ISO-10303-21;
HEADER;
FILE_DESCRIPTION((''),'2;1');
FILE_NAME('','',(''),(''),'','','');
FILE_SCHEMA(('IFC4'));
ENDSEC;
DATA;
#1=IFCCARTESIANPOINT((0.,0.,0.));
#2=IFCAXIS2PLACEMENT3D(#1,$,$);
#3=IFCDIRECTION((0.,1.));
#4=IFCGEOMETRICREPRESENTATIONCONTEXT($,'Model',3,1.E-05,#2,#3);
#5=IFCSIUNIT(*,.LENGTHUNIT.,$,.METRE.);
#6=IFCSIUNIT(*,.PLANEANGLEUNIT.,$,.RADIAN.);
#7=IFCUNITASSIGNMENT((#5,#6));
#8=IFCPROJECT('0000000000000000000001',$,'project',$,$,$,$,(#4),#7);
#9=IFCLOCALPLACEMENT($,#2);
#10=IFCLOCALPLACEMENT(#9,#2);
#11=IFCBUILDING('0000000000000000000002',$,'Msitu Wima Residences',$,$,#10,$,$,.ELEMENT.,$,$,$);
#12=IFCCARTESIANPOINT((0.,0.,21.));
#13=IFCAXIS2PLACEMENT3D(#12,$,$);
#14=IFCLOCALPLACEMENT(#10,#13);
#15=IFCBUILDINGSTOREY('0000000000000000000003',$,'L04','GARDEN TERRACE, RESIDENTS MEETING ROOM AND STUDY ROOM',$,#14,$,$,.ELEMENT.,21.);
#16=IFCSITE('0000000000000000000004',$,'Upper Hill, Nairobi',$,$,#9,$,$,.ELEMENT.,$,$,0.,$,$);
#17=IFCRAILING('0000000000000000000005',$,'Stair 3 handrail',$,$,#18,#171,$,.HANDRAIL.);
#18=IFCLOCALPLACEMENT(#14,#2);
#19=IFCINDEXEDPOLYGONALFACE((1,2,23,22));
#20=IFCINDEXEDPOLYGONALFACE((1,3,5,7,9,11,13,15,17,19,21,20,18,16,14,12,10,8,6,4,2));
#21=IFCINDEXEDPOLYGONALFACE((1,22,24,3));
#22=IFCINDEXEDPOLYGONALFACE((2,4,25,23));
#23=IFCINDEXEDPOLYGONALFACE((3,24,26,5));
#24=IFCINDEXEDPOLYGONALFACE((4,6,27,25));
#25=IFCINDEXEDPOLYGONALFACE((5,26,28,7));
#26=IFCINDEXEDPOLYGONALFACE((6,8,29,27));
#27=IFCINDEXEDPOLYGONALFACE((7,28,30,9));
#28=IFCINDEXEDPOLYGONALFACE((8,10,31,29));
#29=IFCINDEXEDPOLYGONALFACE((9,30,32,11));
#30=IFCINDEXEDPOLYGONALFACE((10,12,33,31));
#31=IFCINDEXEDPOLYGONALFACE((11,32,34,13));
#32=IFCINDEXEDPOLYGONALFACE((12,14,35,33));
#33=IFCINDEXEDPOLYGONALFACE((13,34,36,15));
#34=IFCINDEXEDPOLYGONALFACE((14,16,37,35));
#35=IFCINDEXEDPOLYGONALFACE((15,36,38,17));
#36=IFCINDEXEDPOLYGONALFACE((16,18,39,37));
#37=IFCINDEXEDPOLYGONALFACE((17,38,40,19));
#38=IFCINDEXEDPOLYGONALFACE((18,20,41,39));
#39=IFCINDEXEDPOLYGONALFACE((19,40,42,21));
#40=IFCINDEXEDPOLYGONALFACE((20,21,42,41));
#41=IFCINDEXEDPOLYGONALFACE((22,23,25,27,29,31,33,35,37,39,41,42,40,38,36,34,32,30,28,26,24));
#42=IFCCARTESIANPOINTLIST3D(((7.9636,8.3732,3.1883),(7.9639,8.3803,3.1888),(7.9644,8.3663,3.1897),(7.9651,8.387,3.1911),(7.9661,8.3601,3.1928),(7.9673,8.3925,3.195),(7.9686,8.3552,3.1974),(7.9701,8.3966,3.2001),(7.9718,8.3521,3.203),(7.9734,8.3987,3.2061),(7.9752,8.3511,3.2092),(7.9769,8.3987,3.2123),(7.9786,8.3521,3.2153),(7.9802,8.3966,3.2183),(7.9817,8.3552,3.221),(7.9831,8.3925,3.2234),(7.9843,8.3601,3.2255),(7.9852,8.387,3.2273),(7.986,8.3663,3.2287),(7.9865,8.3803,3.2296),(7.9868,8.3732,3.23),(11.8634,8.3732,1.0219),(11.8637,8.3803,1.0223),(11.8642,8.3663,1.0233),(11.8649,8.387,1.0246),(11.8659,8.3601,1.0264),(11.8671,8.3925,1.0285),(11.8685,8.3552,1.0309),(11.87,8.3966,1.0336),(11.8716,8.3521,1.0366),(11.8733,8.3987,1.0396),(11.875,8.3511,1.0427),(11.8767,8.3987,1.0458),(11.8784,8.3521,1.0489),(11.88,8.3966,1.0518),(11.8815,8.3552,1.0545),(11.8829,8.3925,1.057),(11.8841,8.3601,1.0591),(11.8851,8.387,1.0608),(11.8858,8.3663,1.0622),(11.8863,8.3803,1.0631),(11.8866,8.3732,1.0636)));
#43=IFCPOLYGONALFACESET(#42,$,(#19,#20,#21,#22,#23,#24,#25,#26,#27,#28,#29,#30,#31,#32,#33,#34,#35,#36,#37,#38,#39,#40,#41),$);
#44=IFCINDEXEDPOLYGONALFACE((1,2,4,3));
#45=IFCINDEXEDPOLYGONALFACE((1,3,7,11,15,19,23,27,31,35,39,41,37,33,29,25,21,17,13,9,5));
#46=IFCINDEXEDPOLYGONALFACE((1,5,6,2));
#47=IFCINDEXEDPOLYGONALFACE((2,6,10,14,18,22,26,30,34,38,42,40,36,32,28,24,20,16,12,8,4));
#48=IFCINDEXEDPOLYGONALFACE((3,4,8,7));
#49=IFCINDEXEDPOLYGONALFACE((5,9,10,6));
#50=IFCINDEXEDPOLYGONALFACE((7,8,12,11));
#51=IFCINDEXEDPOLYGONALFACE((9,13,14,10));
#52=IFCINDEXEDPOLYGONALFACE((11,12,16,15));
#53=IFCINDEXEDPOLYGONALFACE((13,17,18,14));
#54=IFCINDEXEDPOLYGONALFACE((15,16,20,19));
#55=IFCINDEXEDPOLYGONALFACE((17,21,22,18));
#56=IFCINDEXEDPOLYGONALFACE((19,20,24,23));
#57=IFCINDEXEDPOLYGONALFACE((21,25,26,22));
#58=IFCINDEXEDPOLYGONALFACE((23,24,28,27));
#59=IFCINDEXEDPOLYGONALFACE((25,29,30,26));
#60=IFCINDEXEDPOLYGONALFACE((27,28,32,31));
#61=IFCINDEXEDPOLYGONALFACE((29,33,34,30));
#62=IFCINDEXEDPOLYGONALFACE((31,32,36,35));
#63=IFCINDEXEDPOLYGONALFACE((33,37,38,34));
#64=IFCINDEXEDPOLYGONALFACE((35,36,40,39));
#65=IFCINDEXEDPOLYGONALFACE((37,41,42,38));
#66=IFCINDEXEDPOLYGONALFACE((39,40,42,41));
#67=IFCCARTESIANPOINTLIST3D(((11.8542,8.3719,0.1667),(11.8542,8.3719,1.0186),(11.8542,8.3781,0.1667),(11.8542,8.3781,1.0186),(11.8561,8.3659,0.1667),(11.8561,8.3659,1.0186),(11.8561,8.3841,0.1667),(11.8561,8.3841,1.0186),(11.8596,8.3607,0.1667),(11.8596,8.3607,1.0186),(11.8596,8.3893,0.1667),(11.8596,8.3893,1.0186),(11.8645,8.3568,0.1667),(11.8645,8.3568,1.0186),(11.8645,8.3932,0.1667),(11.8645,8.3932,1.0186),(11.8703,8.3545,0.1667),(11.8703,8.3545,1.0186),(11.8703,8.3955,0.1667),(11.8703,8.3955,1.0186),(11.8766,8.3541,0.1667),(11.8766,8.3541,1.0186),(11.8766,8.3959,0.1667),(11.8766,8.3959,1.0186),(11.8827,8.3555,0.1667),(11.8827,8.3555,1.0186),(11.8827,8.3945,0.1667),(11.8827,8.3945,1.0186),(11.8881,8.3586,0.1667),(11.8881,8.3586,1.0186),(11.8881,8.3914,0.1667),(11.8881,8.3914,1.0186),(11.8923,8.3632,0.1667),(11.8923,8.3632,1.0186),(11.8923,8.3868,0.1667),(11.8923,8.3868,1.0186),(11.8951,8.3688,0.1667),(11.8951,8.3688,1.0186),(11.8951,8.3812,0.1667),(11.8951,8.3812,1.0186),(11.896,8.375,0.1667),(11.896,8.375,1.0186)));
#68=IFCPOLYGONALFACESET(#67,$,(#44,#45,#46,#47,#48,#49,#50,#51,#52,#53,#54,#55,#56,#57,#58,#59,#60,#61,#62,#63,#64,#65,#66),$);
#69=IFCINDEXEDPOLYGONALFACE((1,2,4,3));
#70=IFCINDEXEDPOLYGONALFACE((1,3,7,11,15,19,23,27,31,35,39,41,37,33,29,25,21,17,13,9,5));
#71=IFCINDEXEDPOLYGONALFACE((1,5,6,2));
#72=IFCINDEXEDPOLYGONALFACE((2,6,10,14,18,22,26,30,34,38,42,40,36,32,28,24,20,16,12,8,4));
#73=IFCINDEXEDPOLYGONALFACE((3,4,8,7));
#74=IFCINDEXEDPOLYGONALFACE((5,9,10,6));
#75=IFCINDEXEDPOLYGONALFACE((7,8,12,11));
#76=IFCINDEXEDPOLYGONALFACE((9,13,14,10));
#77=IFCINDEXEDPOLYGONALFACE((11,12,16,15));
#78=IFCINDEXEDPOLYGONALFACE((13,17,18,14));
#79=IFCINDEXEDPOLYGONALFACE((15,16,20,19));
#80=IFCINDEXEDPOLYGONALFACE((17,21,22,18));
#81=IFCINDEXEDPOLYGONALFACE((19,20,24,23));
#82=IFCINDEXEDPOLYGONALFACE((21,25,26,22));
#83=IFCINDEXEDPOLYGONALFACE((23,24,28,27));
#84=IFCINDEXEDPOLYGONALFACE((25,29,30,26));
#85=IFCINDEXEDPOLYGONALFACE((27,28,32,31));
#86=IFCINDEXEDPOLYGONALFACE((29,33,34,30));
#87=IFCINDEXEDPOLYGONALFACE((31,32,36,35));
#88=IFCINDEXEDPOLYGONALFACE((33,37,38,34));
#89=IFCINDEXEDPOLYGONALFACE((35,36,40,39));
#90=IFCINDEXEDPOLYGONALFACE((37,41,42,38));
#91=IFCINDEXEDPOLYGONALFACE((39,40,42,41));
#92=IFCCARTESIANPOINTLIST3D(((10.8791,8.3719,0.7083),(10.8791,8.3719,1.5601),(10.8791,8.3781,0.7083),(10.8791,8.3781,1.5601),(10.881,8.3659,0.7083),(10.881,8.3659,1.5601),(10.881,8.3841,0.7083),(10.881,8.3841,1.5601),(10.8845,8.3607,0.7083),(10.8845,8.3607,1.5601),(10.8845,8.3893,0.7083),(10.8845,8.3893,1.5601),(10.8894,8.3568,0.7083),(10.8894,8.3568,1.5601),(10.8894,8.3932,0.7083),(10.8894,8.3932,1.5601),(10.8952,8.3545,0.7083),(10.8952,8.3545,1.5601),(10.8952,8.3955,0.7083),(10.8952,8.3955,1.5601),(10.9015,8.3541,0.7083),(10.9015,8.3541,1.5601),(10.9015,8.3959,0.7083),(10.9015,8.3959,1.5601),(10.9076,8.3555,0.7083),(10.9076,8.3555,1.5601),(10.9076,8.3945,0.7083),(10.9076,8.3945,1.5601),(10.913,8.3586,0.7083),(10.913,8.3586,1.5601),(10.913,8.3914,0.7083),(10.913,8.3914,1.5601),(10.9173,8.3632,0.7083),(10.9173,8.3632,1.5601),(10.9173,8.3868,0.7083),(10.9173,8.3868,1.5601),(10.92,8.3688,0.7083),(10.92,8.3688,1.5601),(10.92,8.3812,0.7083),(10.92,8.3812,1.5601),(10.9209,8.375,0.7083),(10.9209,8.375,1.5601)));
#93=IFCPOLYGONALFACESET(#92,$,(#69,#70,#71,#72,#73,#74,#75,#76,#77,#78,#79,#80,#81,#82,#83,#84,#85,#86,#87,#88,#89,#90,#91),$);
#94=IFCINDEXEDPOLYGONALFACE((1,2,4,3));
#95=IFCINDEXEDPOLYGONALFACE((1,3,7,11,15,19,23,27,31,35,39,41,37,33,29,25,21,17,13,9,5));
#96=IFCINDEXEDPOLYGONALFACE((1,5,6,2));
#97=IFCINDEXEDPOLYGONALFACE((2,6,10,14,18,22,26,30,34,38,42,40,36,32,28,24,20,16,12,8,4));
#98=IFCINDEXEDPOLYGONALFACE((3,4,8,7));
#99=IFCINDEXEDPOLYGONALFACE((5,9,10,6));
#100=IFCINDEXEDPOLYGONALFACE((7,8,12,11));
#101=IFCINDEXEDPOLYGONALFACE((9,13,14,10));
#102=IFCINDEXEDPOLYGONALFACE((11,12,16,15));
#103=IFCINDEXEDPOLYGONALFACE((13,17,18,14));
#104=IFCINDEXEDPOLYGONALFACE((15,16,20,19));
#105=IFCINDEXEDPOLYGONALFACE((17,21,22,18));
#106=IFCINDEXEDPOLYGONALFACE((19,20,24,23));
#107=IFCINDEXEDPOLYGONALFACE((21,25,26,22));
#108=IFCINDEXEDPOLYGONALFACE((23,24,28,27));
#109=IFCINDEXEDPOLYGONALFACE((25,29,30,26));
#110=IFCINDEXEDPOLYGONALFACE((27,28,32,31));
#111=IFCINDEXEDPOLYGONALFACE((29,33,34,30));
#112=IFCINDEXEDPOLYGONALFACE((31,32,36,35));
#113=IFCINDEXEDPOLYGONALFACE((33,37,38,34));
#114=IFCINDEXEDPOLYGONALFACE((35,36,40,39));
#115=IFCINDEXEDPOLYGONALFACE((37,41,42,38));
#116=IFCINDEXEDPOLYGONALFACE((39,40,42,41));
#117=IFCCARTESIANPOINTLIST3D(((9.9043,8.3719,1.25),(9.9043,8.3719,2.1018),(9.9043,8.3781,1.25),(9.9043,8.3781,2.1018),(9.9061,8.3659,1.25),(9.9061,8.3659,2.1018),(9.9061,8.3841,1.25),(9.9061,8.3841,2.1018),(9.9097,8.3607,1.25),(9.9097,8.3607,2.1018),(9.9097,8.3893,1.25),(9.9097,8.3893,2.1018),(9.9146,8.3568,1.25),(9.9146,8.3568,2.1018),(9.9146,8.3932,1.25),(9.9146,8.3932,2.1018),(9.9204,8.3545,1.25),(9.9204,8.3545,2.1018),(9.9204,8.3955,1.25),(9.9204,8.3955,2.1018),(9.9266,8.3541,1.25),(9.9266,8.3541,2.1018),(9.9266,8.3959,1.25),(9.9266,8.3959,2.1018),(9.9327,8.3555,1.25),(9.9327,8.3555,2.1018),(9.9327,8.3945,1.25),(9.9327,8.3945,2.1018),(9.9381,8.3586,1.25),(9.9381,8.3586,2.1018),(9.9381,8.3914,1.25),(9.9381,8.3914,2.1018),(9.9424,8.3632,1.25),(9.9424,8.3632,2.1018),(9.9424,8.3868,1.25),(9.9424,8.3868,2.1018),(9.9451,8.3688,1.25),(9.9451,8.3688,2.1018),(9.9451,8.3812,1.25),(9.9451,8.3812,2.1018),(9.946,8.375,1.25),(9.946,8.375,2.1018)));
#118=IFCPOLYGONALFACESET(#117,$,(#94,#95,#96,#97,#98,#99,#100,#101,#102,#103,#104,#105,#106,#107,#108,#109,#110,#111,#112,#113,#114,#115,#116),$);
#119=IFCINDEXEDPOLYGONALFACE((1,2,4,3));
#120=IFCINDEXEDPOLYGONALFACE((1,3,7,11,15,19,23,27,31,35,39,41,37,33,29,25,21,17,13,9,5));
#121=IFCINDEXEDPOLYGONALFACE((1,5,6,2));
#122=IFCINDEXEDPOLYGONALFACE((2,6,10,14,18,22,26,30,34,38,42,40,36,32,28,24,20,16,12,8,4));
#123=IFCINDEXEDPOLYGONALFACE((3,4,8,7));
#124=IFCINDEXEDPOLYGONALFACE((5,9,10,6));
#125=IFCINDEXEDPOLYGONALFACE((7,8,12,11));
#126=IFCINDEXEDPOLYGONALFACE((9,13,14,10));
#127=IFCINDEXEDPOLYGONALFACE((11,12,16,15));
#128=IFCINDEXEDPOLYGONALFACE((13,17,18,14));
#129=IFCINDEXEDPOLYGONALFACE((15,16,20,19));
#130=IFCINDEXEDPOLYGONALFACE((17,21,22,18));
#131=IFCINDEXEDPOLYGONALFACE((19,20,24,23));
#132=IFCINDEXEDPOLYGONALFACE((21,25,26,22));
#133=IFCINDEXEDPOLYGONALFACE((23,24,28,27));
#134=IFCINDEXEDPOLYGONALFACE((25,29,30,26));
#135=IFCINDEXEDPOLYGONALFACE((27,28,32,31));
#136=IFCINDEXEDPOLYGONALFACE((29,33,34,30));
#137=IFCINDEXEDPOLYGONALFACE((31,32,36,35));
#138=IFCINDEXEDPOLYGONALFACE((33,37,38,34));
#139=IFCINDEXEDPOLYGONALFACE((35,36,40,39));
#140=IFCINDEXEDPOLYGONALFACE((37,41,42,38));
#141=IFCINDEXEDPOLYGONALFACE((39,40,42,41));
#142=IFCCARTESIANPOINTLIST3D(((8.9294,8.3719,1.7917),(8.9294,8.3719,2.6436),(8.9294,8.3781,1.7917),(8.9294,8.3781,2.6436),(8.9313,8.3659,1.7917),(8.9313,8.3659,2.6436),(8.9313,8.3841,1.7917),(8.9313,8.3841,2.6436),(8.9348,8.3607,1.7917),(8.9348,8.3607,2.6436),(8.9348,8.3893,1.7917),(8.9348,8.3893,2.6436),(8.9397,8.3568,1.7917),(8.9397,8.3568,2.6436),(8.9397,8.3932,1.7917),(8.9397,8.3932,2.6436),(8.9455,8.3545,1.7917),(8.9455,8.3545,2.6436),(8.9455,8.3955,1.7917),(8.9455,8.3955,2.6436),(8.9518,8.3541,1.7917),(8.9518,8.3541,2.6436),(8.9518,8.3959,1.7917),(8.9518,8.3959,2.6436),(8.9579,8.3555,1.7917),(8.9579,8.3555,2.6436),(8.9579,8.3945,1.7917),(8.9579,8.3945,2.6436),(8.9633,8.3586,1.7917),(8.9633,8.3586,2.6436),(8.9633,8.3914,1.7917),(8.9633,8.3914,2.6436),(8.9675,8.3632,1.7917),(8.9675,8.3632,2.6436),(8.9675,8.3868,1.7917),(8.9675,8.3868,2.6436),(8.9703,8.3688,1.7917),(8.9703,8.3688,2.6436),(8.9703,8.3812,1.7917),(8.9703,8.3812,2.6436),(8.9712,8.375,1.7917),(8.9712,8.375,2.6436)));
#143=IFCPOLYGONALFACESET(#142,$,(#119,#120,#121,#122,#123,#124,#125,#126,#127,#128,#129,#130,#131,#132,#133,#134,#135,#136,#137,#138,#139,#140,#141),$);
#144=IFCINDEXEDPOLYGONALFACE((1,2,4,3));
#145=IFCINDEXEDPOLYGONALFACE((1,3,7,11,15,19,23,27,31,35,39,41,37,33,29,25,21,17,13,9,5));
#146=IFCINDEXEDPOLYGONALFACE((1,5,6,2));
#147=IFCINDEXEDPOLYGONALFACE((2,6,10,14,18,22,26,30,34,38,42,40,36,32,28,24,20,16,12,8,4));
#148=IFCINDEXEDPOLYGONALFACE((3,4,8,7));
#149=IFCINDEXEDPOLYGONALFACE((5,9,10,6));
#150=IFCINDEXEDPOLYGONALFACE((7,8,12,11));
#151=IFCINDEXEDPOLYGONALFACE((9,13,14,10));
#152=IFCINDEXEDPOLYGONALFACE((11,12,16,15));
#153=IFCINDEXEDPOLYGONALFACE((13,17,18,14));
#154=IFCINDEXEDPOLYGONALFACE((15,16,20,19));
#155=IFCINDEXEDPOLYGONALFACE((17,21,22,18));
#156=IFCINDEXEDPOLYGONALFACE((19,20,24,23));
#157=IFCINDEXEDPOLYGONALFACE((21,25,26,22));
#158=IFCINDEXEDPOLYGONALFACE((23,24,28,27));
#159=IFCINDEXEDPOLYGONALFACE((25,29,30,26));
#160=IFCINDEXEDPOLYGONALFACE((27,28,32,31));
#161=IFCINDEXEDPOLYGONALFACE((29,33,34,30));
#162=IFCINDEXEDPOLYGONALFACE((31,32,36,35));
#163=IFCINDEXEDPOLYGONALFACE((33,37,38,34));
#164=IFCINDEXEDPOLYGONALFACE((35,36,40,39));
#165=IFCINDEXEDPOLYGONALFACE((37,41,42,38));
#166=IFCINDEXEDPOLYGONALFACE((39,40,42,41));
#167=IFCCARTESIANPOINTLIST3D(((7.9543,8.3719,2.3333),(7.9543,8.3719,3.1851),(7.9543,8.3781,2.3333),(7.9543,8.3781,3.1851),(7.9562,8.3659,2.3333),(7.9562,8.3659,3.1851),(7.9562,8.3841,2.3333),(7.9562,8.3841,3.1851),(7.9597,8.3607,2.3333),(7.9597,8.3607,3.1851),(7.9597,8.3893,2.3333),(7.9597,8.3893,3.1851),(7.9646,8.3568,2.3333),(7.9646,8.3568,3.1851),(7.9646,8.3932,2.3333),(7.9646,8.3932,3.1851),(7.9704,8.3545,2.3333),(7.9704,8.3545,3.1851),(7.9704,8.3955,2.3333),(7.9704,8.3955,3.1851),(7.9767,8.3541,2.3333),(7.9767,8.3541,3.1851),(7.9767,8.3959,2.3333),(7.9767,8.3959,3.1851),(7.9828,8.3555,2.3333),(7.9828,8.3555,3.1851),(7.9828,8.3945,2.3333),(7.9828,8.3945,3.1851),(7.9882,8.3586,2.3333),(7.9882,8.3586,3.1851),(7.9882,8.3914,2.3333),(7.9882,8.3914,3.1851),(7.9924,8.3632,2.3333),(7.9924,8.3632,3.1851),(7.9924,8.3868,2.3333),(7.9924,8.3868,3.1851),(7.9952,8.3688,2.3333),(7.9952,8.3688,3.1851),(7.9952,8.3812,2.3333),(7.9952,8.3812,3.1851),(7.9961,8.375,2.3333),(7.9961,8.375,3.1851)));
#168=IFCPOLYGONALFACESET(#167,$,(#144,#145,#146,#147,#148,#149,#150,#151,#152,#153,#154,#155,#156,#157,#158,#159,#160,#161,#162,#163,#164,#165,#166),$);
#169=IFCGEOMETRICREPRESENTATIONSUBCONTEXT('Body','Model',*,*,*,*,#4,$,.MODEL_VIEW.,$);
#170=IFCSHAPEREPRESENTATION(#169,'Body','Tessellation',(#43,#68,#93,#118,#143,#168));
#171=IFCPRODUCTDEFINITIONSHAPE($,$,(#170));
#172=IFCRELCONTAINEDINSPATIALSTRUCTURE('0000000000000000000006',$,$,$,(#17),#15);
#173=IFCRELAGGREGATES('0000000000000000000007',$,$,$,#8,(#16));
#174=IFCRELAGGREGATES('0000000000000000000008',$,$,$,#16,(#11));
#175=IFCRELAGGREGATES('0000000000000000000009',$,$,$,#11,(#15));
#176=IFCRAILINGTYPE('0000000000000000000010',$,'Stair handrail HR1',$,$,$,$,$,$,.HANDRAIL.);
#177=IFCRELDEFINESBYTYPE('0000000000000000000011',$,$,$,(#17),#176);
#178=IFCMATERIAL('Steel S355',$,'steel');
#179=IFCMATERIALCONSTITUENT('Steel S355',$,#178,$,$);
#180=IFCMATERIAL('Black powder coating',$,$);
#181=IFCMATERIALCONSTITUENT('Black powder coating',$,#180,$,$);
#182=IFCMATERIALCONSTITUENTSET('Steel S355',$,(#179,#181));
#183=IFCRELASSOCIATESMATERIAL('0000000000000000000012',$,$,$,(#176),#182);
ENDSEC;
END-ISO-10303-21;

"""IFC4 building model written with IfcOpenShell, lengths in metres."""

from ifc_helpers import new_model, si_unit, direction, frame, origin, origin_2d, place, context, subcontext, project, spatial, circle, extrude, material, constituent, constituent_set, type_object, element, save


model = new_model("IFC4")

# Units and contexts
model_context = context("Model", 3, precision=1e-05, world=origin(), true_north=direction((0.0, 1.0)))
body_context = subcontext(model_context, "Body", "Model", "MODEL_VIEW")
ifc_project = project(units=[si_unit("LENGTHUNIT", "METRE"), si_unit("PLANEANGLEUNIT", "RADIAN")], contexts=[model_context])

# Site, building, storey
site_placement = place(None, origin())
site = spatial("IfcSite", under=ifc_project, at=site_placement, Name="Upper Hill, Nairobi", CompositionType="ELEMENT", RefElevation=0.0)
building_placement = place(site_placement, origin())
building = spatial("IfcBuilding", under=site, at=building_placement, Name="Msitu Wima Residences", CompositionType="ELEMENT")
storey_placement = place(building_placement, frame((0.0, 0.0, 21.0)))
storey = spatial("IfcBuildingStorey", under=building, at=storey_placement, Name="L04", Description="GARDEN TERRACE, RESIDENTS MEETING ROOM AND STUDY ROOM", CompositionType="ELEMENT", Elevation=21.0)

# Railing
ifc_material_1 = material(Name="Steel S355", Category="steel")
ifc_constituent_1 = constituent(ifc_material_1, Name="Steel S355")
ifc_material_2 = material(Name="Black powder coating")
ifc_constituent_2 = constituent(ifc_material_2, Name="Black powder coating")
ifc_constituent_set_1 = constituent_set(constituents=[ifc_constituent_1, ifc_constituent_2], Name="Steel S355")
railing_type_1 = type_object("IfcRailingType", Name="Stair handrail HR1", PredefinedType="HANDRAIL", material=ifc_constituent_set_1)
for number, where, name in (
    (1, (11.875, 8.375, 0.1667), "Stair 3 handrail"),
):
    element("IfcRailing", number, at=place(storey_placement, frame(where)), inside=storey, type_object=railing_type_1, Name=name, PredefinedType="HANDRAIL", context=body_context, shape_type="SweptSolid", body=[
        extrude(circle(Radius=0.0239, at=origin_2d()), frame((0.0, 0.0, 0.876), z_axis=(-0.874168, 0.0, 0.485624), x_axis=(0.0, -1.0, 0.0)), (0.0, 0.0, 1.0), 4.4612),
        extrude(circle(Radius=0.021, at=origin_2d()), origin(), (0.0, 0.0, 1.0), 0.8518),
        extrude(circle(Radius=0.021, at=origin_2d()), frame((-0.9751, 0.0, 0.5415)), (0.0, 0.0, 1.0), 0.8518),
        extrude(circle(Radius=0.021, at=origin_2d()), frame((-1.95, 0.0, 1.0833)), (0.0, 0.0, 1.0), 0.8518),
        extrude(circle(Radius=0.021, at=origin_2d()), frame((-2.9248, 0.0, 1.625)), (0.0, 0.0, 1.0), 0.8518),
        extrude(circle(Radius=0.021, at=origin_2d()), frame((-3.8999, 0.0, 2.1665)), (0.0, 0.0, 1.0), 0.8518),
    ])

save(model, "model.ifc")
